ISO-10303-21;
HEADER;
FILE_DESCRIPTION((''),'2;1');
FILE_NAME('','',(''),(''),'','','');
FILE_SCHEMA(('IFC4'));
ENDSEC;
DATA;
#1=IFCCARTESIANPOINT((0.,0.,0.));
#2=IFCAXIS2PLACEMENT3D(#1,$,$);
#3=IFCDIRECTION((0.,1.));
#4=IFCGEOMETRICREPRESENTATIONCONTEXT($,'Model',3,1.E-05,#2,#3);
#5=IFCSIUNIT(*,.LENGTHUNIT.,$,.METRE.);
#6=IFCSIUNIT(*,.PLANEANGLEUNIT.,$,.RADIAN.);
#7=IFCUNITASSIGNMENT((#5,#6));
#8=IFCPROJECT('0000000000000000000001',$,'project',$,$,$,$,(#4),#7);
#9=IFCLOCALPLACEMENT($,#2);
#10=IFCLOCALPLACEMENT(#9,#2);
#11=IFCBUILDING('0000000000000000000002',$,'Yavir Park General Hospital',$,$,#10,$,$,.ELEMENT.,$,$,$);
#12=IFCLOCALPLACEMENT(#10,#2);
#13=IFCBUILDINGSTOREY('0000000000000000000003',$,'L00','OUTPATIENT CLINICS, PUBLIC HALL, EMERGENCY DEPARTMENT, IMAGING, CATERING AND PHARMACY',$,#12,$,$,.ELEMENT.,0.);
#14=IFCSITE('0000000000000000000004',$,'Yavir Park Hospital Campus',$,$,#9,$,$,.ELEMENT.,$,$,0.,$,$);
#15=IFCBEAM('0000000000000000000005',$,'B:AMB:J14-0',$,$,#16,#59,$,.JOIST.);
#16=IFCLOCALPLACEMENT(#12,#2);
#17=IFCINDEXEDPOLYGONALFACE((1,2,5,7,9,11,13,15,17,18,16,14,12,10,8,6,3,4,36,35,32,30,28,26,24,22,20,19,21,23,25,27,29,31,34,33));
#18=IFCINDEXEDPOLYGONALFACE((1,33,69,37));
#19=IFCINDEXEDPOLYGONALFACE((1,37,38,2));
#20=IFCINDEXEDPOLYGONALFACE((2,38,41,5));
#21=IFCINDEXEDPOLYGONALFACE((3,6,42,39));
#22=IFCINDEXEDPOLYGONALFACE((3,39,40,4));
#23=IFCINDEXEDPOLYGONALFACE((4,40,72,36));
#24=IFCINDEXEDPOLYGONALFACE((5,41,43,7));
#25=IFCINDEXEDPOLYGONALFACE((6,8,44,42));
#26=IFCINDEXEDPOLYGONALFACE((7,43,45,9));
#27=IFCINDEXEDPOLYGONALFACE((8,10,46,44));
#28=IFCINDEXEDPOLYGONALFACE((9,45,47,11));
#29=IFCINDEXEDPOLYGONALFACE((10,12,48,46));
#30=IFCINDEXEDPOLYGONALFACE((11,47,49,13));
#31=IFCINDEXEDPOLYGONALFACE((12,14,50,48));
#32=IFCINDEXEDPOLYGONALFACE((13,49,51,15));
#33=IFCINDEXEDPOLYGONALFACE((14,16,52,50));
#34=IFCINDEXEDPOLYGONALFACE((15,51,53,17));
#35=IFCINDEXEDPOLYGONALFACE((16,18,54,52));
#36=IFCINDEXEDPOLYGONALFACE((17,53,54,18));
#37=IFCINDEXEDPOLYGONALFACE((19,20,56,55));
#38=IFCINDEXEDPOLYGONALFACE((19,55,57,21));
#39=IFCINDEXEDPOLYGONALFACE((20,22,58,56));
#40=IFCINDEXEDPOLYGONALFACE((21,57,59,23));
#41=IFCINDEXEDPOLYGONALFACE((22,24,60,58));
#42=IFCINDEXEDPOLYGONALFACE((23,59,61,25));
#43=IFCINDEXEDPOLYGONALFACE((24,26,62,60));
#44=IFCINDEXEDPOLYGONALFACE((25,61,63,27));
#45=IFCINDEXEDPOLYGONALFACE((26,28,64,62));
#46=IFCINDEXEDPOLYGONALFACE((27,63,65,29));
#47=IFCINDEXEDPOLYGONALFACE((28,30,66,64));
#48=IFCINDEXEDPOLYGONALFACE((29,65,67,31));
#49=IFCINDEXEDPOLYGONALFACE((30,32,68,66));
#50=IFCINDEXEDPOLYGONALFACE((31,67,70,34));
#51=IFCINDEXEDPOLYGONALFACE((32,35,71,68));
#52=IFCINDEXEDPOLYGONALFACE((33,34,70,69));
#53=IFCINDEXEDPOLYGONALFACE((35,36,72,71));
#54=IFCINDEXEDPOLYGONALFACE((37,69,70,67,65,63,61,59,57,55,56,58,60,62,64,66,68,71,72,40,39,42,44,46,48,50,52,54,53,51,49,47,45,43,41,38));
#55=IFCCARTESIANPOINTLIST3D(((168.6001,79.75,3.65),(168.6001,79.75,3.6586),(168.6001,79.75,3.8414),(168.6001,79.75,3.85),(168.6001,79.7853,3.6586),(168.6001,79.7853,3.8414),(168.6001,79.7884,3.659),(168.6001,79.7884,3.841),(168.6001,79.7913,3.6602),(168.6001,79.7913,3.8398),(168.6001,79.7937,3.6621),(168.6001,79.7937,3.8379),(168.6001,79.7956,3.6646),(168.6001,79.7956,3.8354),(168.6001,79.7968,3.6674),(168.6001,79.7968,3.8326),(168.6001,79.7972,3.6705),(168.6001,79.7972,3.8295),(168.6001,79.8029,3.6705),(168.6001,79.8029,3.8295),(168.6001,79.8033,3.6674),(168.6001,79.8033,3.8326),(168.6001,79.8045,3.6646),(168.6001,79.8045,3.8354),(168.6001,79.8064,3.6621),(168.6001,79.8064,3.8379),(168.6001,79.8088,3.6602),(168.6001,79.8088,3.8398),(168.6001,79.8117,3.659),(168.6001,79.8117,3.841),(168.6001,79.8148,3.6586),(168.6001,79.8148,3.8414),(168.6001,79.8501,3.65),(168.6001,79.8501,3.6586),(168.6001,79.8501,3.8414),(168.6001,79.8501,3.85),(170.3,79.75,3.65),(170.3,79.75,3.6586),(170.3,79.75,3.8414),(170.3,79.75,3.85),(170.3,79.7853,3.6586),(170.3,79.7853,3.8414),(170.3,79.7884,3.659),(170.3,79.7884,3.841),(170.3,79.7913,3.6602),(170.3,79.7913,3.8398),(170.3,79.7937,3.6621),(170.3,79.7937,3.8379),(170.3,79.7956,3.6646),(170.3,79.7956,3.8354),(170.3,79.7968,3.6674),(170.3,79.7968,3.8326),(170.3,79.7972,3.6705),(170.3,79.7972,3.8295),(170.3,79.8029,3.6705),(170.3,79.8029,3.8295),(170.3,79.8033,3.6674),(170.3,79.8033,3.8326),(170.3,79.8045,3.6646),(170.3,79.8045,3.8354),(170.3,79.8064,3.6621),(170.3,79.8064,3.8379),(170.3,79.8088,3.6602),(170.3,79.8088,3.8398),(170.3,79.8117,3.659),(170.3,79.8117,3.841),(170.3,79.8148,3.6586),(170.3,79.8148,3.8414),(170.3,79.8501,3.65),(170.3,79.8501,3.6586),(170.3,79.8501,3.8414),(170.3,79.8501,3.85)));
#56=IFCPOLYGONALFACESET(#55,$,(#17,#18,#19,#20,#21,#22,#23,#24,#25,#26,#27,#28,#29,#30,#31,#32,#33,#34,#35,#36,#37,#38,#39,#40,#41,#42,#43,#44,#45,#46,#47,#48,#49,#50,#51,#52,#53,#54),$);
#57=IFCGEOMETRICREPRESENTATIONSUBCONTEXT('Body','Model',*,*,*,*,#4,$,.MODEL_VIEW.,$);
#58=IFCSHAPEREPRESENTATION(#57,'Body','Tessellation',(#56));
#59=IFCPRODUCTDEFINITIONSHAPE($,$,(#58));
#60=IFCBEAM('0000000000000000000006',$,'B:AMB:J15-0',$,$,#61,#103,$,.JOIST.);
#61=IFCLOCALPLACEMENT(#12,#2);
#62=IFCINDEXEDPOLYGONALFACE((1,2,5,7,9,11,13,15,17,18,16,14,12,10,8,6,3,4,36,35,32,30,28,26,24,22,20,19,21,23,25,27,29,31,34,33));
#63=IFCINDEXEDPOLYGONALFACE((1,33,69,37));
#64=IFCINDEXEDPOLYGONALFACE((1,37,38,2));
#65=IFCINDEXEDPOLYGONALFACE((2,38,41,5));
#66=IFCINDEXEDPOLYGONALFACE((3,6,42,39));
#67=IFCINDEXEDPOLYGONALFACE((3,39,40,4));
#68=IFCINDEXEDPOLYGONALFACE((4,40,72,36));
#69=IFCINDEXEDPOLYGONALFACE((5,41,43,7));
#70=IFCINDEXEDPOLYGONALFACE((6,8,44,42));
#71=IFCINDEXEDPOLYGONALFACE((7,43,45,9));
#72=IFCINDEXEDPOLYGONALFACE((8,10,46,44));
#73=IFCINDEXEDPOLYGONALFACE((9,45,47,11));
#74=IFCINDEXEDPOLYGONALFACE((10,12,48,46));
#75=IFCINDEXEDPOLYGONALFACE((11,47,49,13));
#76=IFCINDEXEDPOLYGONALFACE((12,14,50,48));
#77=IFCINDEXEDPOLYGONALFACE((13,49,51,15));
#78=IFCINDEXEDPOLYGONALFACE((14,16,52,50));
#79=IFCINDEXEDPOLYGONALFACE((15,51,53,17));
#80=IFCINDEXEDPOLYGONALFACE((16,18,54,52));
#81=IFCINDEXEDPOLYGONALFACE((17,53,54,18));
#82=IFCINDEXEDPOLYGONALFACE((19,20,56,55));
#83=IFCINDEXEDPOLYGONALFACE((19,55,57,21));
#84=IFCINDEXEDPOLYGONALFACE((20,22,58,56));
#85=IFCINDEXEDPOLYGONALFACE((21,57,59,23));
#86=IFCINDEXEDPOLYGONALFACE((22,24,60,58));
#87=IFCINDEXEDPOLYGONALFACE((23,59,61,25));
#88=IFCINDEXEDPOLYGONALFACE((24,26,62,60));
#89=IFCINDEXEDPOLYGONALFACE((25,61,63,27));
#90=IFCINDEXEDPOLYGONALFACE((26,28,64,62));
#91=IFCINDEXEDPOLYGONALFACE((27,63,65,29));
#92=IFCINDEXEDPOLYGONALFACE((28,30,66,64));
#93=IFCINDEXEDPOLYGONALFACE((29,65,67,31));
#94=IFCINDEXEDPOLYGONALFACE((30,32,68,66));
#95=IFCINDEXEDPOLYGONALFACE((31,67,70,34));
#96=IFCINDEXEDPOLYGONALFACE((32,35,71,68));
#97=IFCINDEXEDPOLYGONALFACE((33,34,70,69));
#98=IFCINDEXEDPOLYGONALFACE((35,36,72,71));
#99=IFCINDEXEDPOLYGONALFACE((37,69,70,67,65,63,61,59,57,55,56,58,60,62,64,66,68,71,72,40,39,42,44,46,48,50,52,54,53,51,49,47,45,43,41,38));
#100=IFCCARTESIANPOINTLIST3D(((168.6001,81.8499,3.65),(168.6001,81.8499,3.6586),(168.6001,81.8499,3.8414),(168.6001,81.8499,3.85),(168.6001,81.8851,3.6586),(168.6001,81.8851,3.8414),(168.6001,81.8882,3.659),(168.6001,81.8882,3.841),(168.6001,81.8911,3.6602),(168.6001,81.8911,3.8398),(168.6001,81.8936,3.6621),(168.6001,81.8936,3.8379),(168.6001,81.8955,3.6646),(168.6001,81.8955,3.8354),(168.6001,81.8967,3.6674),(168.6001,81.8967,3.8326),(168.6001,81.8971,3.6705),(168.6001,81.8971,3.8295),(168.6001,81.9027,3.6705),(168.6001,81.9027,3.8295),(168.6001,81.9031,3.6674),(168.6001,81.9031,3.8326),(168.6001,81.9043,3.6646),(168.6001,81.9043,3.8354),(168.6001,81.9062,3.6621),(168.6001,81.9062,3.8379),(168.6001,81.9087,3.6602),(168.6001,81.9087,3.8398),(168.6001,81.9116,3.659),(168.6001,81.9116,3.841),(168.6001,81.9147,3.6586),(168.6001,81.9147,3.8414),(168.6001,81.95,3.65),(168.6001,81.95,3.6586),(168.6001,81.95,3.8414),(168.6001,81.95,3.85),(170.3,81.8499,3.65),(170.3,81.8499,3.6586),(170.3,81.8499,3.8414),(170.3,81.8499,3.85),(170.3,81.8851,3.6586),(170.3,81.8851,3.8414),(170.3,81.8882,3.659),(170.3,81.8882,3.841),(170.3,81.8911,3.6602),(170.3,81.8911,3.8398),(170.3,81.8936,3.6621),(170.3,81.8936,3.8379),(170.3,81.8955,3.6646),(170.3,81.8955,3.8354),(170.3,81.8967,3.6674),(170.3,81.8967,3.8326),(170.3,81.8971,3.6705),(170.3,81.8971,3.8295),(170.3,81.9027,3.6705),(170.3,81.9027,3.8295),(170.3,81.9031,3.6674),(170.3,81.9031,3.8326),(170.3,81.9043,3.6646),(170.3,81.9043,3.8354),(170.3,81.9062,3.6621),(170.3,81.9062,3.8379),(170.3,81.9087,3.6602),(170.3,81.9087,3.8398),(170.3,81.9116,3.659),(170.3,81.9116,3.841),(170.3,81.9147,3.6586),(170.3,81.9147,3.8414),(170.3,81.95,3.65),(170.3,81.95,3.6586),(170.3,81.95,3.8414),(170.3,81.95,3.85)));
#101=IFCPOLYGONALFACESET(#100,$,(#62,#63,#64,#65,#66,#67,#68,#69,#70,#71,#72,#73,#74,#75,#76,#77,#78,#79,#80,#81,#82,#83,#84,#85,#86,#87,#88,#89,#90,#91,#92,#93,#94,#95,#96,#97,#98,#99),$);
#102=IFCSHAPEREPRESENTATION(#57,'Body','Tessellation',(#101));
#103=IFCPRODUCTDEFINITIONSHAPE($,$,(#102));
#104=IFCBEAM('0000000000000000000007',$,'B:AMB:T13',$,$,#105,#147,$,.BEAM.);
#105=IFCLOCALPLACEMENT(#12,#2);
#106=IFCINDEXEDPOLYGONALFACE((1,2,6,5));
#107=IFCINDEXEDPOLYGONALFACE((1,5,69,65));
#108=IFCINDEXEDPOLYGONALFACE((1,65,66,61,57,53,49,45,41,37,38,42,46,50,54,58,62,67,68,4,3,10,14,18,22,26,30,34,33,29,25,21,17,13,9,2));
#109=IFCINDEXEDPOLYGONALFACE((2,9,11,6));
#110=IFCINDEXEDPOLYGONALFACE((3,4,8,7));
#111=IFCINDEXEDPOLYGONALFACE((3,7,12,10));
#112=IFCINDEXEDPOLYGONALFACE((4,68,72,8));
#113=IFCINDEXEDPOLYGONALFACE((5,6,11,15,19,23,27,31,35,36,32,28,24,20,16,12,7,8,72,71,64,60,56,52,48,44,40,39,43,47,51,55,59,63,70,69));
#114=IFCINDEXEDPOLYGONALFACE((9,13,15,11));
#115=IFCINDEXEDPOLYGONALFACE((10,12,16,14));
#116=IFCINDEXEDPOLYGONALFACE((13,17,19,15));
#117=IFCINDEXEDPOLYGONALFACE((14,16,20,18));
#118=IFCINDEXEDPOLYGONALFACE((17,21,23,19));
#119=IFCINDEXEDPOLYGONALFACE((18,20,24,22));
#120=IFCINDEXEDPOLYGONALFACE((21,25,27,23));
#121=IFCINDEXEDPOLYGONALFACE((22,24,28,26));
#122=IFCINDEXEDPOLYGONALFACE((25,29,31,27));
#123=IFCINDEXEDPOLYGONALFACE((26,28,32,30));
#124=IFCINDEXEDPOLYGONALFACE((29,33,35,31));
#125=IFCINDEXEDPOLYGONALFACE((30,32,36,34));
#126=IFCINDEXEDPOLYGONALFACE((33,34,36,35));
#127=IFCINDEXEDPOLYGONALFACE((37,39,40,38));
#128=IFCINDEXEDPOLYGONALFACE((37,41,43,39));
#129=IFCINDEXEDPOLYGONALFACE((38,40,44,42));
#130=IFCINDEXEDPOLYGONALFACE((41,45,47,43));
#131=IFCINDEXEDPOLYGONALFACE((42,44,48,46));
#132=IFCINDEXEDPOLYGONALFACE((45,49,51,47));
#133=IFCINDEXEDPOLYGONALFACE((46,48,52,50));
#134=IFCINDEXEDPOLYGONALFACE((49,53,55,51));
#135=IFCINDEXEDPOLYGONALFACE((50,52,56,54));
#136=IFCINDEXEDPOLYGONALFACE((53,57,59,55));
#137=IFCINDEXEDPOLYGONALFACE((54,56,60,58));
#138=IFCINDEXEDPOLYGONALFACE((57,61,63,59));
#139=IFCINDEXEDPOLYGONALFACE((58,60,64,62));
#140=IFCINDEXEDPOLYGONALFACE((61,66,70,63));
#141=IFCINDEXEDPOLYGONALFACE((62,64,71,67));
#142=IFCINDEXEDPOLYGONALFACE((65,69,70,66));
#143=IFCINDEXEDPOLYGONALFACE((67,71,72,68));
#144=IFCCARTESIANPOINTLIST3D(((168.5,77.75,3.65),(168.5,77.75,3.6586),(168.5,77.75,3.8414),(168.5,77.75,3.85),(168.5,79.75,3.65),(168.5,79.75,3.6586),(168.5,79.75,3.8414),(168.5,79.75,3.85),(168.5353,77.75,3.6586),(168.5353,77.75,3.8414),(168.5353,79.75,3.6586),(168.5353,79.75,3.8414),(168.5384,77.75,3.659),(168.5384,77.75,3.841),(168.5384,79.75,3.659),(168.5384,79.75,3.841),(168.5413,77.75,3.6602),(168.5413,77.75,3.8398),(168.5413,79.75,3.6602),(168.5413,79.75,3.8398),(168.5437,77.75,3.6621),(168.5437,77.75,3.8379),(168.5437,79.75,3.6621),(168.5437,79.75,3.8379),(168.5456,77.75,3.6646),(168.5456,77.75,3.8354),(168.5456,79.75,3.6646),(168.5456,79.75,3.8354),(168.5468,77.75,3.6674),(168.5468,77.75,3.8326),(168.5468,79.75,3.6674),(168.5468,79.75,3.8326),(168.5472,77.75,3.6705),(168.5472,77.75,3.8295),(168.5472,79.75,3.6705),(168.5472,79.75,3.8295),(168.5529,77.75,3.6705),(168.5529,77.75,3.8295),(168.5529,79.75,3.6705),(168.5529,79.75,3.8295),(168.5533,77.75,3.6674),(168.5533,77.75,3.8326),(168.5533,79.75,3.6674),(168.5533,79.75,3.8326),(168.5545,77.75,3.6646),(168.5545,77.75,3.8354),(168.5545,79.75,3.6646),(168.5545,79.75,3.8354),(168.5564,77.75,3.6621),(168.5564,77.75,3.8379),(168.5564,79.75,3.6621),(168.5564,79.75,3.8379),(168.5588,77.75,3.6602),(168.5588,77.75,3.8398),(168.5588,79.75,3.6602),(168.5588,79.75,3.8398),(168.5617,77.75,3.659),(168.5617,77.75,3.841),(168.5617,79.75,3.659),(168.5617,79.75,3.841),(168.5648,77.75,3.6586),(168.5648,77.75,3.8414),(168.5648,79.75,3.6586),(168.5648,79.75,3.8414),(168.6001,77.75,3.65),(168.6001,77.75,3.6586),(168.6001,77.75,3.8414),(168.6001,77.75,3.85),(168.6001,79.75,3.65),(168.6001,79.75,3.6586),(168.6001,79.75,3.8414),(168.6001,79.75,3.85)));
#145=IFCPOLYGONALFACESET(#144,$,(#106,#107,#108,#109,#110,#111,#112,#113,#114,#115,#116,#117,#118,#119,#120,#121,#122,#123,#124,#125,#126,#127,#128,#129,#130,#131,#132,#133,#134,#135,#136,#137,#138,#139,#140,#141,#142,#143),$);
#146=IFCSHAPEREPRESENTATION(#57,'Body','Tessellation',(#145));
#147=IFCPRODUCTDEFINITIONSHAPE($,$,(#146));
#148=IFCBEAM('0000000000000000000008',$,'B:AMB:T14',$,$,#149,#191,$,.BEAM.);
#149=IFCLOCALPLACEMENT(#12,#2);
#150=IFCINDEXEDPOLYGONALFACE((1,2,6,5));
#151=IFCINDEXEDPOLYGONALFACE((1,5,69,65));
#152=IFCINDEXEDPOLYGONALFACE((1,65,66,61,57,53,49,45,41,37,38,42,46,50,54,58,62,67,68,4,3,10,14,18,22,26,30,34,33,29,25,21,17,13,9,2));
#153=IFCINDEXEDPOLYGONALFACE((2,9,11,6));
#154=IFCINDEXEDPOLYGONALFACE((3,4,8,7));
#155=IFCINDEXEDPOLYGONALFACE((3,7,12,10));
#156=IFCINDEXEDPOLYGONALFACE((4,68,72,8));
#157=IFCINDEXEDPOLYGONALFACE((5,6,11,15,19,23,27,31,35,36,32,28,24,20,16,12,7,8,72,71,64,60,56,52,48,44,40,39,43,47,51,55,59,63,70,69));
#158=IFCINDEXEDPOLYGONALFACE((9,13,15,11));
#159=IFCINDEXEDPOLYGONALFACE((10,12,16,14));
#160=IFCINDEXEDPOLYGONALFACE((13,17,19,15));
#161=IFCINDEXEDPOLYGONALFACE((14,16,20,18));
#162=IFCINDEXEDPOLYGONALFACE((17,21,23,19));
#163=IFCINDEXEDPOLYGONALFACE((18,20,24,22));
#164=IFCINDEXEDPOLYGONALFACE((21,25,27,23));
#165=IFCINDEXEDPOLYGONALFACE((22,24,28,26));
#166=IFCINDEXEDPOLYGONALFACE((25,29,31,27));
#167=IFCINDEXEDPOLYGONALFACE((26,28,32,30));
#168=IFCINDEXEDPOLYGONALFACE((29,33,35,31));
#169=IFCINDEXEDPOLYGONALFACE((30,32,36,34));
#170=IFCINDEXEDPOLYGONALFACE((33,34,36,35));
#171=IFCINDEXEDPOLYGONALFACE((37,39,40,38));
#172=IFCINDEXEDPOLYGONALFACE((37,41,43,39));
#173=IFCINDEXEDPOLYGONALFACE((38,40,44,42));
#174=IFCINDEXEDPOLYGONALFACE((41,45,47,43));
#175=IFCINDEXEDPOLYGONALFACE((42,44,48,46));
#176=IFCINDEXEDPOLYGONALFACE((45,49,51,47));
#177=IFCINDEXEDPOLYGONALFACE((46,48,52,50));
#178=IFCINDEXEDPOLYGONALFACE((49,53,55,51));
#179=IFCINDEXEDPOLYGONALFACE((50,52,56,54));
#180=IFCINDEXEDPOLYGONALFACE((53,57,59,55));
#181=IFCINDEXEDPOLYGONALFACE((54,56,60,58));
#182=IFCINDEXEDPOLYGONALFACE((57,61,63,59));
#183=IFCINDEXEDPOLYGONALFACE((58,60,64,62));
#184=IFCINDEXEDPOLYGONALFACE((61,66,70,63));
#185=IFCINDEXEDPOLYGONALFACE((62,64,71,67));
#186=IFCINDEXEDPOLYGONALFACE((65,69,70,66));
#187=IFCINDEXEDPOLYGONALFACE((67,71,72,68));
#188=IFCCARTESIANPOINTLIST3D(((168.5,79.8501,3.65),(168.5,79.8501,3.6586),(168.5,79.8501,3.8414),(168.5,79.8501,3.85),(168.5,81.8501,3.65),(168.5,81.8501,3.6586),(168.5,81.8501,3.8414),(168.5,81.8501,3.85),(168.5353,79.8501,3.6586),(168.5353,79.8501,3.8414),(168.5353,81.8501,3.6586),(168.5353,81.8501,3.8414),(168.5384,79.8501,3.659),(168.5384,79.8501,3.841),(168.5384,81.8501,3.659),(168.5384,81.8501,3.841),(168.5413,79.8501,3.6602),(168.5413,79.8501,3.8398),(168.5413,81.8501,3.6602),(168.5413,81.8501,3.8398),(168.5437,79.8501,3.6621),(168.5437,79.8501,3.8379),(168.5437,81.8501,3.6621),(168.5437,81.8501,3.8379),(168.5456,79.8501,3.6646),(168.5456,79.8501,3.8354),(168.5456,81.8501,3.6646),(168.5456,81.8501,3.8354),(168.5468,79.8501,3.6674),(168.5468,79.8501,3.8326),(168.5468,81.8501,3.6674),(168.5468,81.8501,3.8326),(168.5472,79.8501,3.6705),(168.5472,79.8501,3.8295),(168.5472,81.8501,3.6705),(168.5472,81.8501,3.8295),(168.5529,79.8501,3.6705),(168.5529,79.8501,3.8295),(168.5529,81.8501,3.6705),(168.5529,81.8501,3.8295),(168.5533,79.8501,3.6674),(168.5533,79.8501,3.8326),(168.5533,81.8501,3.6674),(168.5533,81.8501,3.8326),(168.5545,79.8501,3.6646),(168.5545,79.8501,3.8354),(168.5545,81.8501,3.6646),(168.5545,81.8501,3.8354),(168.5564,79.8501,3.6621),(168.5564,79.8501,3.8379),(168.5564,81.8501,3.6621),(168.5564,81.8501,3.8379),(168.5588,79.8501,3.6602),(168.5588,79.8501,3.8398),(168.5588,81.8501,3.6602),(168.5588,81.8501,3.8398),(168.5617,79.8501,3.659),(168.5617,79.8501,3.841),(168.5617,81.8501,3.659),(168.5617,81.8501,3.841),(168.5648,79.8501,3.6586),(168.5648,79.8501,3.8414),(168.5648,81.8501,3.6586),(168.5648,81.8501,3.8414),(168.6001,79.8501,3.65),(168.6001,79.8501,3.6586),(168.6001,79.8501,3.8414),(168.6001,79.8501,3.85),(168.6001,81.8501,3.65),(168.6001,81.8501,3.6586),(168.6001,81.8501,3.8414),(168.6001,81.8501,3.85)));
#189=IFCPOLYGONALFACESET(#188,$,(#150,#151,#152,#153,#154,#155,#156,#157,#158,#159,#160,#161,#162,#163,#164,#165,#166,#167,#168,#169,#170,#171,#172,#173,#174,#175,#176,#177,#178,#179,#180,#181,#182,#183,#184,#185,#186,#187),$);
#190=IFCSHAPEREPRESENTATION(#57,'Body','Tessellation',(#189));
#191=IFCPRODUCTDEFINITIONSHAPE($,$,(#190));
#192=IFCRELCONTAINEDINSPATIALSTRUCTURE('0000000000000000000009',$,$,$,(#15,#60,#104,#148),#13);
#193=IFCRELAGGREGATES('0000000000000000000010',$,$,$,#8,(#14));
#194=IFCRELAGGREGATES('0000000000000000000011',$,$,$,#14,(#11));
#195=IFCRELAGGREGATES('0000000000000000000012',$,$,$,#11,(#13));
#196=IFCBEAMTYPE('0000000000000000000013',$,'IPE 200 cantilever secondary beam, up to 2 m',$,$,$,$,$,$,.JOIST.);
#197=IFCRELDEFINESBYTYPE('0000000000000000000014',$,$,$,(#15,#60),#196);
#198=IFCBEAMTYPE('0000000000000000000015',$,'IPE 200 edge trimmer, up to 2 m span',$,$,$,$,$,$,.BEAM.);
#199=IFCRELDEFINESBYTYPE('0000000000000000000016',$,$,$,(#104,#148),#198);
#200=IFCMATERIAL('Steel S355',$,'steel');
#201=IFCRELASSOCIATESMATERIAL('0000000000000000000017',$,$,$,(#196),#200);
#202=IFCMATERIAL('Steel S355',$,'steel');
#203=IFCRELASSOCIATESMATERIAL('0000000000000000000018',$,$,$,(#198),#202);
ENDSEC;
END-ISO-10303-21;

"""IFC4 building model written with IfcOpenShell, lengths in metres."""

from ifc_helpers import new_model, si_unit, direction, frame, origin, origin_2d, place, context, subcontext, project, spatial, i_section, extrude, material, material_profile, profile_set, type_object, element, save


model = new_model("IFC4")

# Units and contexts
model_context = context("Model", 3, precision=1e-05, world=origin(), true_north=direction((0.0, 1.0)))
body_context = subcontext(model_context, "Body", "Model", "MODEL_VIEW")
ifc_project = project(units=[si_unit("LENGTHUNIT", "METRE"), si_unit("PLANEANGLEUNIT", "RADIAN")], contexts=[model_context])

# Site, building, storey
site_placement = place(None, origin())
site = spatial("IfcSite", under=ifc_project, at=site_placement, Name="Yavir Park Hospital Campus", CompositionType="ELEMENT", RefElevation=0.0)
building_placement = place(site_placement, origin())
building = spatial("IfcBuilding", under=site, at=building_placement, Name="Yavir Park General Hospital", CompositionType="ELEMENT")
storey_placement = place(building_placement, origin())
storey = spatial("IfcBuildingStorey", under=building, at=storey_placement, Name="L00", Description="OUTPATIENT CLINICS, PUBLIC HALL, EMERGENCY DEPARTMENT, IMAGING, CATERING AND PHARMACY", CompositionType="ELEMENT", Elevation=0.0)

# Beams
ifc_material_1 = material(Name="Steel S355", Category="steel")
ifc_material_profile_1 = material_profile(ifc_material_1, i_section(OverallWidth=0.1001, OverallDepth=0.2, WebThickness=0.0056, FlangeThickness=0.0085, FilletRadius=0.012, at=origin_2d()), Name="IPE200")
ifc_profile_set_1 = profile_set([ifc_material_profile_1], Name="Steel S355")
beam_type_1 = type_object("IfcBeamType", Name="IPE 200 cantilever secondary beam, up to 2 m", PredefinedType="JOIST", material=ifc_profile_set_1)
for number, where, z_axis, x_axis, name in (
    (1, (168.6001, 79.8, 3.75), (1.0, 0.0, 0.0), (0.0, 1.0, 0.0), "B:AMB:J14-0"),
    (2, (168.6001, 81.8999, 3.75), (1.0, 0.0, 0.0), (0.0, 1.0, 0.0), "B:AMB:J15-0"),
):
    element("IfcBeam", number, at=place(storey_placement, frame(where, z_axis=z_axis, x_axis=x_axis)), inside=storey, type_object=beam_type_1, Name=name, PredefinedType="JOIST", context=body_context, shape_type="SweptSolid", body=[
        extrude(i_section(OverallWidth=0.1001, OverallDepth=0.2, WebThickness=0.0056, FlangeThickness=0.0085, FilletRadius=0.012, at=origin_2d()), origin(), (0.0, 0.0, 1.0), 1.7),
    ])
ifc_material_2 = material(Name="Steel S355", Category="steel")
ifc_material_profile_2 = material_profile(ifc_material_2, i_section(OverallWidth=0.1001, OverallDepth=0.2, WebThickness=0.0056, FlangeThickness=0.0085, FilletRadius=0.012, at=origin_2d()), Name="IPE200")
ifc_profile_set_2 = profile_set([ifc_material_profile_2], Name="Steel S355")
beam_type_2 = type_object("IfcBeamType", Name="IPE 200 edge trimmer, up to 2 m span", PredefinedType="BEAM", material=ifc_profile_set_2)
for number, where, z_axis, x_axis, name in (
    (3, (168.55, 77.75, 3.75), (0.0, 1.0, 0.0), (-1.0, 0.0, 0.0), "B:AMB:T13"),
    (4, (168.55, 79.8501, 3.75), (0.0, 1.0, 0.0), (-1.0, 0.0, 0.0), "B:AMB:T14"),
):
    element("IfcBeam", number, at=place(storey_placement, frame(where, z_axis=z_axis, x_axis=x_axis)), inside=storey, type_object=beam_type_2, Name=name, PredefinedType="BEAM", context=body_context, shape_type="SweptSolid", body=[
        extrude(i_section(OverallWidth=0.1001, OverallDepth=0.2, WebThickness=0.0056, FlangeThickness=0.0085, FilletRadius=0.012, at=origin_2d()), origin(), (0.0, 0.0, 1.0), 2.0),
    ])

save(model, "model.ifc")
